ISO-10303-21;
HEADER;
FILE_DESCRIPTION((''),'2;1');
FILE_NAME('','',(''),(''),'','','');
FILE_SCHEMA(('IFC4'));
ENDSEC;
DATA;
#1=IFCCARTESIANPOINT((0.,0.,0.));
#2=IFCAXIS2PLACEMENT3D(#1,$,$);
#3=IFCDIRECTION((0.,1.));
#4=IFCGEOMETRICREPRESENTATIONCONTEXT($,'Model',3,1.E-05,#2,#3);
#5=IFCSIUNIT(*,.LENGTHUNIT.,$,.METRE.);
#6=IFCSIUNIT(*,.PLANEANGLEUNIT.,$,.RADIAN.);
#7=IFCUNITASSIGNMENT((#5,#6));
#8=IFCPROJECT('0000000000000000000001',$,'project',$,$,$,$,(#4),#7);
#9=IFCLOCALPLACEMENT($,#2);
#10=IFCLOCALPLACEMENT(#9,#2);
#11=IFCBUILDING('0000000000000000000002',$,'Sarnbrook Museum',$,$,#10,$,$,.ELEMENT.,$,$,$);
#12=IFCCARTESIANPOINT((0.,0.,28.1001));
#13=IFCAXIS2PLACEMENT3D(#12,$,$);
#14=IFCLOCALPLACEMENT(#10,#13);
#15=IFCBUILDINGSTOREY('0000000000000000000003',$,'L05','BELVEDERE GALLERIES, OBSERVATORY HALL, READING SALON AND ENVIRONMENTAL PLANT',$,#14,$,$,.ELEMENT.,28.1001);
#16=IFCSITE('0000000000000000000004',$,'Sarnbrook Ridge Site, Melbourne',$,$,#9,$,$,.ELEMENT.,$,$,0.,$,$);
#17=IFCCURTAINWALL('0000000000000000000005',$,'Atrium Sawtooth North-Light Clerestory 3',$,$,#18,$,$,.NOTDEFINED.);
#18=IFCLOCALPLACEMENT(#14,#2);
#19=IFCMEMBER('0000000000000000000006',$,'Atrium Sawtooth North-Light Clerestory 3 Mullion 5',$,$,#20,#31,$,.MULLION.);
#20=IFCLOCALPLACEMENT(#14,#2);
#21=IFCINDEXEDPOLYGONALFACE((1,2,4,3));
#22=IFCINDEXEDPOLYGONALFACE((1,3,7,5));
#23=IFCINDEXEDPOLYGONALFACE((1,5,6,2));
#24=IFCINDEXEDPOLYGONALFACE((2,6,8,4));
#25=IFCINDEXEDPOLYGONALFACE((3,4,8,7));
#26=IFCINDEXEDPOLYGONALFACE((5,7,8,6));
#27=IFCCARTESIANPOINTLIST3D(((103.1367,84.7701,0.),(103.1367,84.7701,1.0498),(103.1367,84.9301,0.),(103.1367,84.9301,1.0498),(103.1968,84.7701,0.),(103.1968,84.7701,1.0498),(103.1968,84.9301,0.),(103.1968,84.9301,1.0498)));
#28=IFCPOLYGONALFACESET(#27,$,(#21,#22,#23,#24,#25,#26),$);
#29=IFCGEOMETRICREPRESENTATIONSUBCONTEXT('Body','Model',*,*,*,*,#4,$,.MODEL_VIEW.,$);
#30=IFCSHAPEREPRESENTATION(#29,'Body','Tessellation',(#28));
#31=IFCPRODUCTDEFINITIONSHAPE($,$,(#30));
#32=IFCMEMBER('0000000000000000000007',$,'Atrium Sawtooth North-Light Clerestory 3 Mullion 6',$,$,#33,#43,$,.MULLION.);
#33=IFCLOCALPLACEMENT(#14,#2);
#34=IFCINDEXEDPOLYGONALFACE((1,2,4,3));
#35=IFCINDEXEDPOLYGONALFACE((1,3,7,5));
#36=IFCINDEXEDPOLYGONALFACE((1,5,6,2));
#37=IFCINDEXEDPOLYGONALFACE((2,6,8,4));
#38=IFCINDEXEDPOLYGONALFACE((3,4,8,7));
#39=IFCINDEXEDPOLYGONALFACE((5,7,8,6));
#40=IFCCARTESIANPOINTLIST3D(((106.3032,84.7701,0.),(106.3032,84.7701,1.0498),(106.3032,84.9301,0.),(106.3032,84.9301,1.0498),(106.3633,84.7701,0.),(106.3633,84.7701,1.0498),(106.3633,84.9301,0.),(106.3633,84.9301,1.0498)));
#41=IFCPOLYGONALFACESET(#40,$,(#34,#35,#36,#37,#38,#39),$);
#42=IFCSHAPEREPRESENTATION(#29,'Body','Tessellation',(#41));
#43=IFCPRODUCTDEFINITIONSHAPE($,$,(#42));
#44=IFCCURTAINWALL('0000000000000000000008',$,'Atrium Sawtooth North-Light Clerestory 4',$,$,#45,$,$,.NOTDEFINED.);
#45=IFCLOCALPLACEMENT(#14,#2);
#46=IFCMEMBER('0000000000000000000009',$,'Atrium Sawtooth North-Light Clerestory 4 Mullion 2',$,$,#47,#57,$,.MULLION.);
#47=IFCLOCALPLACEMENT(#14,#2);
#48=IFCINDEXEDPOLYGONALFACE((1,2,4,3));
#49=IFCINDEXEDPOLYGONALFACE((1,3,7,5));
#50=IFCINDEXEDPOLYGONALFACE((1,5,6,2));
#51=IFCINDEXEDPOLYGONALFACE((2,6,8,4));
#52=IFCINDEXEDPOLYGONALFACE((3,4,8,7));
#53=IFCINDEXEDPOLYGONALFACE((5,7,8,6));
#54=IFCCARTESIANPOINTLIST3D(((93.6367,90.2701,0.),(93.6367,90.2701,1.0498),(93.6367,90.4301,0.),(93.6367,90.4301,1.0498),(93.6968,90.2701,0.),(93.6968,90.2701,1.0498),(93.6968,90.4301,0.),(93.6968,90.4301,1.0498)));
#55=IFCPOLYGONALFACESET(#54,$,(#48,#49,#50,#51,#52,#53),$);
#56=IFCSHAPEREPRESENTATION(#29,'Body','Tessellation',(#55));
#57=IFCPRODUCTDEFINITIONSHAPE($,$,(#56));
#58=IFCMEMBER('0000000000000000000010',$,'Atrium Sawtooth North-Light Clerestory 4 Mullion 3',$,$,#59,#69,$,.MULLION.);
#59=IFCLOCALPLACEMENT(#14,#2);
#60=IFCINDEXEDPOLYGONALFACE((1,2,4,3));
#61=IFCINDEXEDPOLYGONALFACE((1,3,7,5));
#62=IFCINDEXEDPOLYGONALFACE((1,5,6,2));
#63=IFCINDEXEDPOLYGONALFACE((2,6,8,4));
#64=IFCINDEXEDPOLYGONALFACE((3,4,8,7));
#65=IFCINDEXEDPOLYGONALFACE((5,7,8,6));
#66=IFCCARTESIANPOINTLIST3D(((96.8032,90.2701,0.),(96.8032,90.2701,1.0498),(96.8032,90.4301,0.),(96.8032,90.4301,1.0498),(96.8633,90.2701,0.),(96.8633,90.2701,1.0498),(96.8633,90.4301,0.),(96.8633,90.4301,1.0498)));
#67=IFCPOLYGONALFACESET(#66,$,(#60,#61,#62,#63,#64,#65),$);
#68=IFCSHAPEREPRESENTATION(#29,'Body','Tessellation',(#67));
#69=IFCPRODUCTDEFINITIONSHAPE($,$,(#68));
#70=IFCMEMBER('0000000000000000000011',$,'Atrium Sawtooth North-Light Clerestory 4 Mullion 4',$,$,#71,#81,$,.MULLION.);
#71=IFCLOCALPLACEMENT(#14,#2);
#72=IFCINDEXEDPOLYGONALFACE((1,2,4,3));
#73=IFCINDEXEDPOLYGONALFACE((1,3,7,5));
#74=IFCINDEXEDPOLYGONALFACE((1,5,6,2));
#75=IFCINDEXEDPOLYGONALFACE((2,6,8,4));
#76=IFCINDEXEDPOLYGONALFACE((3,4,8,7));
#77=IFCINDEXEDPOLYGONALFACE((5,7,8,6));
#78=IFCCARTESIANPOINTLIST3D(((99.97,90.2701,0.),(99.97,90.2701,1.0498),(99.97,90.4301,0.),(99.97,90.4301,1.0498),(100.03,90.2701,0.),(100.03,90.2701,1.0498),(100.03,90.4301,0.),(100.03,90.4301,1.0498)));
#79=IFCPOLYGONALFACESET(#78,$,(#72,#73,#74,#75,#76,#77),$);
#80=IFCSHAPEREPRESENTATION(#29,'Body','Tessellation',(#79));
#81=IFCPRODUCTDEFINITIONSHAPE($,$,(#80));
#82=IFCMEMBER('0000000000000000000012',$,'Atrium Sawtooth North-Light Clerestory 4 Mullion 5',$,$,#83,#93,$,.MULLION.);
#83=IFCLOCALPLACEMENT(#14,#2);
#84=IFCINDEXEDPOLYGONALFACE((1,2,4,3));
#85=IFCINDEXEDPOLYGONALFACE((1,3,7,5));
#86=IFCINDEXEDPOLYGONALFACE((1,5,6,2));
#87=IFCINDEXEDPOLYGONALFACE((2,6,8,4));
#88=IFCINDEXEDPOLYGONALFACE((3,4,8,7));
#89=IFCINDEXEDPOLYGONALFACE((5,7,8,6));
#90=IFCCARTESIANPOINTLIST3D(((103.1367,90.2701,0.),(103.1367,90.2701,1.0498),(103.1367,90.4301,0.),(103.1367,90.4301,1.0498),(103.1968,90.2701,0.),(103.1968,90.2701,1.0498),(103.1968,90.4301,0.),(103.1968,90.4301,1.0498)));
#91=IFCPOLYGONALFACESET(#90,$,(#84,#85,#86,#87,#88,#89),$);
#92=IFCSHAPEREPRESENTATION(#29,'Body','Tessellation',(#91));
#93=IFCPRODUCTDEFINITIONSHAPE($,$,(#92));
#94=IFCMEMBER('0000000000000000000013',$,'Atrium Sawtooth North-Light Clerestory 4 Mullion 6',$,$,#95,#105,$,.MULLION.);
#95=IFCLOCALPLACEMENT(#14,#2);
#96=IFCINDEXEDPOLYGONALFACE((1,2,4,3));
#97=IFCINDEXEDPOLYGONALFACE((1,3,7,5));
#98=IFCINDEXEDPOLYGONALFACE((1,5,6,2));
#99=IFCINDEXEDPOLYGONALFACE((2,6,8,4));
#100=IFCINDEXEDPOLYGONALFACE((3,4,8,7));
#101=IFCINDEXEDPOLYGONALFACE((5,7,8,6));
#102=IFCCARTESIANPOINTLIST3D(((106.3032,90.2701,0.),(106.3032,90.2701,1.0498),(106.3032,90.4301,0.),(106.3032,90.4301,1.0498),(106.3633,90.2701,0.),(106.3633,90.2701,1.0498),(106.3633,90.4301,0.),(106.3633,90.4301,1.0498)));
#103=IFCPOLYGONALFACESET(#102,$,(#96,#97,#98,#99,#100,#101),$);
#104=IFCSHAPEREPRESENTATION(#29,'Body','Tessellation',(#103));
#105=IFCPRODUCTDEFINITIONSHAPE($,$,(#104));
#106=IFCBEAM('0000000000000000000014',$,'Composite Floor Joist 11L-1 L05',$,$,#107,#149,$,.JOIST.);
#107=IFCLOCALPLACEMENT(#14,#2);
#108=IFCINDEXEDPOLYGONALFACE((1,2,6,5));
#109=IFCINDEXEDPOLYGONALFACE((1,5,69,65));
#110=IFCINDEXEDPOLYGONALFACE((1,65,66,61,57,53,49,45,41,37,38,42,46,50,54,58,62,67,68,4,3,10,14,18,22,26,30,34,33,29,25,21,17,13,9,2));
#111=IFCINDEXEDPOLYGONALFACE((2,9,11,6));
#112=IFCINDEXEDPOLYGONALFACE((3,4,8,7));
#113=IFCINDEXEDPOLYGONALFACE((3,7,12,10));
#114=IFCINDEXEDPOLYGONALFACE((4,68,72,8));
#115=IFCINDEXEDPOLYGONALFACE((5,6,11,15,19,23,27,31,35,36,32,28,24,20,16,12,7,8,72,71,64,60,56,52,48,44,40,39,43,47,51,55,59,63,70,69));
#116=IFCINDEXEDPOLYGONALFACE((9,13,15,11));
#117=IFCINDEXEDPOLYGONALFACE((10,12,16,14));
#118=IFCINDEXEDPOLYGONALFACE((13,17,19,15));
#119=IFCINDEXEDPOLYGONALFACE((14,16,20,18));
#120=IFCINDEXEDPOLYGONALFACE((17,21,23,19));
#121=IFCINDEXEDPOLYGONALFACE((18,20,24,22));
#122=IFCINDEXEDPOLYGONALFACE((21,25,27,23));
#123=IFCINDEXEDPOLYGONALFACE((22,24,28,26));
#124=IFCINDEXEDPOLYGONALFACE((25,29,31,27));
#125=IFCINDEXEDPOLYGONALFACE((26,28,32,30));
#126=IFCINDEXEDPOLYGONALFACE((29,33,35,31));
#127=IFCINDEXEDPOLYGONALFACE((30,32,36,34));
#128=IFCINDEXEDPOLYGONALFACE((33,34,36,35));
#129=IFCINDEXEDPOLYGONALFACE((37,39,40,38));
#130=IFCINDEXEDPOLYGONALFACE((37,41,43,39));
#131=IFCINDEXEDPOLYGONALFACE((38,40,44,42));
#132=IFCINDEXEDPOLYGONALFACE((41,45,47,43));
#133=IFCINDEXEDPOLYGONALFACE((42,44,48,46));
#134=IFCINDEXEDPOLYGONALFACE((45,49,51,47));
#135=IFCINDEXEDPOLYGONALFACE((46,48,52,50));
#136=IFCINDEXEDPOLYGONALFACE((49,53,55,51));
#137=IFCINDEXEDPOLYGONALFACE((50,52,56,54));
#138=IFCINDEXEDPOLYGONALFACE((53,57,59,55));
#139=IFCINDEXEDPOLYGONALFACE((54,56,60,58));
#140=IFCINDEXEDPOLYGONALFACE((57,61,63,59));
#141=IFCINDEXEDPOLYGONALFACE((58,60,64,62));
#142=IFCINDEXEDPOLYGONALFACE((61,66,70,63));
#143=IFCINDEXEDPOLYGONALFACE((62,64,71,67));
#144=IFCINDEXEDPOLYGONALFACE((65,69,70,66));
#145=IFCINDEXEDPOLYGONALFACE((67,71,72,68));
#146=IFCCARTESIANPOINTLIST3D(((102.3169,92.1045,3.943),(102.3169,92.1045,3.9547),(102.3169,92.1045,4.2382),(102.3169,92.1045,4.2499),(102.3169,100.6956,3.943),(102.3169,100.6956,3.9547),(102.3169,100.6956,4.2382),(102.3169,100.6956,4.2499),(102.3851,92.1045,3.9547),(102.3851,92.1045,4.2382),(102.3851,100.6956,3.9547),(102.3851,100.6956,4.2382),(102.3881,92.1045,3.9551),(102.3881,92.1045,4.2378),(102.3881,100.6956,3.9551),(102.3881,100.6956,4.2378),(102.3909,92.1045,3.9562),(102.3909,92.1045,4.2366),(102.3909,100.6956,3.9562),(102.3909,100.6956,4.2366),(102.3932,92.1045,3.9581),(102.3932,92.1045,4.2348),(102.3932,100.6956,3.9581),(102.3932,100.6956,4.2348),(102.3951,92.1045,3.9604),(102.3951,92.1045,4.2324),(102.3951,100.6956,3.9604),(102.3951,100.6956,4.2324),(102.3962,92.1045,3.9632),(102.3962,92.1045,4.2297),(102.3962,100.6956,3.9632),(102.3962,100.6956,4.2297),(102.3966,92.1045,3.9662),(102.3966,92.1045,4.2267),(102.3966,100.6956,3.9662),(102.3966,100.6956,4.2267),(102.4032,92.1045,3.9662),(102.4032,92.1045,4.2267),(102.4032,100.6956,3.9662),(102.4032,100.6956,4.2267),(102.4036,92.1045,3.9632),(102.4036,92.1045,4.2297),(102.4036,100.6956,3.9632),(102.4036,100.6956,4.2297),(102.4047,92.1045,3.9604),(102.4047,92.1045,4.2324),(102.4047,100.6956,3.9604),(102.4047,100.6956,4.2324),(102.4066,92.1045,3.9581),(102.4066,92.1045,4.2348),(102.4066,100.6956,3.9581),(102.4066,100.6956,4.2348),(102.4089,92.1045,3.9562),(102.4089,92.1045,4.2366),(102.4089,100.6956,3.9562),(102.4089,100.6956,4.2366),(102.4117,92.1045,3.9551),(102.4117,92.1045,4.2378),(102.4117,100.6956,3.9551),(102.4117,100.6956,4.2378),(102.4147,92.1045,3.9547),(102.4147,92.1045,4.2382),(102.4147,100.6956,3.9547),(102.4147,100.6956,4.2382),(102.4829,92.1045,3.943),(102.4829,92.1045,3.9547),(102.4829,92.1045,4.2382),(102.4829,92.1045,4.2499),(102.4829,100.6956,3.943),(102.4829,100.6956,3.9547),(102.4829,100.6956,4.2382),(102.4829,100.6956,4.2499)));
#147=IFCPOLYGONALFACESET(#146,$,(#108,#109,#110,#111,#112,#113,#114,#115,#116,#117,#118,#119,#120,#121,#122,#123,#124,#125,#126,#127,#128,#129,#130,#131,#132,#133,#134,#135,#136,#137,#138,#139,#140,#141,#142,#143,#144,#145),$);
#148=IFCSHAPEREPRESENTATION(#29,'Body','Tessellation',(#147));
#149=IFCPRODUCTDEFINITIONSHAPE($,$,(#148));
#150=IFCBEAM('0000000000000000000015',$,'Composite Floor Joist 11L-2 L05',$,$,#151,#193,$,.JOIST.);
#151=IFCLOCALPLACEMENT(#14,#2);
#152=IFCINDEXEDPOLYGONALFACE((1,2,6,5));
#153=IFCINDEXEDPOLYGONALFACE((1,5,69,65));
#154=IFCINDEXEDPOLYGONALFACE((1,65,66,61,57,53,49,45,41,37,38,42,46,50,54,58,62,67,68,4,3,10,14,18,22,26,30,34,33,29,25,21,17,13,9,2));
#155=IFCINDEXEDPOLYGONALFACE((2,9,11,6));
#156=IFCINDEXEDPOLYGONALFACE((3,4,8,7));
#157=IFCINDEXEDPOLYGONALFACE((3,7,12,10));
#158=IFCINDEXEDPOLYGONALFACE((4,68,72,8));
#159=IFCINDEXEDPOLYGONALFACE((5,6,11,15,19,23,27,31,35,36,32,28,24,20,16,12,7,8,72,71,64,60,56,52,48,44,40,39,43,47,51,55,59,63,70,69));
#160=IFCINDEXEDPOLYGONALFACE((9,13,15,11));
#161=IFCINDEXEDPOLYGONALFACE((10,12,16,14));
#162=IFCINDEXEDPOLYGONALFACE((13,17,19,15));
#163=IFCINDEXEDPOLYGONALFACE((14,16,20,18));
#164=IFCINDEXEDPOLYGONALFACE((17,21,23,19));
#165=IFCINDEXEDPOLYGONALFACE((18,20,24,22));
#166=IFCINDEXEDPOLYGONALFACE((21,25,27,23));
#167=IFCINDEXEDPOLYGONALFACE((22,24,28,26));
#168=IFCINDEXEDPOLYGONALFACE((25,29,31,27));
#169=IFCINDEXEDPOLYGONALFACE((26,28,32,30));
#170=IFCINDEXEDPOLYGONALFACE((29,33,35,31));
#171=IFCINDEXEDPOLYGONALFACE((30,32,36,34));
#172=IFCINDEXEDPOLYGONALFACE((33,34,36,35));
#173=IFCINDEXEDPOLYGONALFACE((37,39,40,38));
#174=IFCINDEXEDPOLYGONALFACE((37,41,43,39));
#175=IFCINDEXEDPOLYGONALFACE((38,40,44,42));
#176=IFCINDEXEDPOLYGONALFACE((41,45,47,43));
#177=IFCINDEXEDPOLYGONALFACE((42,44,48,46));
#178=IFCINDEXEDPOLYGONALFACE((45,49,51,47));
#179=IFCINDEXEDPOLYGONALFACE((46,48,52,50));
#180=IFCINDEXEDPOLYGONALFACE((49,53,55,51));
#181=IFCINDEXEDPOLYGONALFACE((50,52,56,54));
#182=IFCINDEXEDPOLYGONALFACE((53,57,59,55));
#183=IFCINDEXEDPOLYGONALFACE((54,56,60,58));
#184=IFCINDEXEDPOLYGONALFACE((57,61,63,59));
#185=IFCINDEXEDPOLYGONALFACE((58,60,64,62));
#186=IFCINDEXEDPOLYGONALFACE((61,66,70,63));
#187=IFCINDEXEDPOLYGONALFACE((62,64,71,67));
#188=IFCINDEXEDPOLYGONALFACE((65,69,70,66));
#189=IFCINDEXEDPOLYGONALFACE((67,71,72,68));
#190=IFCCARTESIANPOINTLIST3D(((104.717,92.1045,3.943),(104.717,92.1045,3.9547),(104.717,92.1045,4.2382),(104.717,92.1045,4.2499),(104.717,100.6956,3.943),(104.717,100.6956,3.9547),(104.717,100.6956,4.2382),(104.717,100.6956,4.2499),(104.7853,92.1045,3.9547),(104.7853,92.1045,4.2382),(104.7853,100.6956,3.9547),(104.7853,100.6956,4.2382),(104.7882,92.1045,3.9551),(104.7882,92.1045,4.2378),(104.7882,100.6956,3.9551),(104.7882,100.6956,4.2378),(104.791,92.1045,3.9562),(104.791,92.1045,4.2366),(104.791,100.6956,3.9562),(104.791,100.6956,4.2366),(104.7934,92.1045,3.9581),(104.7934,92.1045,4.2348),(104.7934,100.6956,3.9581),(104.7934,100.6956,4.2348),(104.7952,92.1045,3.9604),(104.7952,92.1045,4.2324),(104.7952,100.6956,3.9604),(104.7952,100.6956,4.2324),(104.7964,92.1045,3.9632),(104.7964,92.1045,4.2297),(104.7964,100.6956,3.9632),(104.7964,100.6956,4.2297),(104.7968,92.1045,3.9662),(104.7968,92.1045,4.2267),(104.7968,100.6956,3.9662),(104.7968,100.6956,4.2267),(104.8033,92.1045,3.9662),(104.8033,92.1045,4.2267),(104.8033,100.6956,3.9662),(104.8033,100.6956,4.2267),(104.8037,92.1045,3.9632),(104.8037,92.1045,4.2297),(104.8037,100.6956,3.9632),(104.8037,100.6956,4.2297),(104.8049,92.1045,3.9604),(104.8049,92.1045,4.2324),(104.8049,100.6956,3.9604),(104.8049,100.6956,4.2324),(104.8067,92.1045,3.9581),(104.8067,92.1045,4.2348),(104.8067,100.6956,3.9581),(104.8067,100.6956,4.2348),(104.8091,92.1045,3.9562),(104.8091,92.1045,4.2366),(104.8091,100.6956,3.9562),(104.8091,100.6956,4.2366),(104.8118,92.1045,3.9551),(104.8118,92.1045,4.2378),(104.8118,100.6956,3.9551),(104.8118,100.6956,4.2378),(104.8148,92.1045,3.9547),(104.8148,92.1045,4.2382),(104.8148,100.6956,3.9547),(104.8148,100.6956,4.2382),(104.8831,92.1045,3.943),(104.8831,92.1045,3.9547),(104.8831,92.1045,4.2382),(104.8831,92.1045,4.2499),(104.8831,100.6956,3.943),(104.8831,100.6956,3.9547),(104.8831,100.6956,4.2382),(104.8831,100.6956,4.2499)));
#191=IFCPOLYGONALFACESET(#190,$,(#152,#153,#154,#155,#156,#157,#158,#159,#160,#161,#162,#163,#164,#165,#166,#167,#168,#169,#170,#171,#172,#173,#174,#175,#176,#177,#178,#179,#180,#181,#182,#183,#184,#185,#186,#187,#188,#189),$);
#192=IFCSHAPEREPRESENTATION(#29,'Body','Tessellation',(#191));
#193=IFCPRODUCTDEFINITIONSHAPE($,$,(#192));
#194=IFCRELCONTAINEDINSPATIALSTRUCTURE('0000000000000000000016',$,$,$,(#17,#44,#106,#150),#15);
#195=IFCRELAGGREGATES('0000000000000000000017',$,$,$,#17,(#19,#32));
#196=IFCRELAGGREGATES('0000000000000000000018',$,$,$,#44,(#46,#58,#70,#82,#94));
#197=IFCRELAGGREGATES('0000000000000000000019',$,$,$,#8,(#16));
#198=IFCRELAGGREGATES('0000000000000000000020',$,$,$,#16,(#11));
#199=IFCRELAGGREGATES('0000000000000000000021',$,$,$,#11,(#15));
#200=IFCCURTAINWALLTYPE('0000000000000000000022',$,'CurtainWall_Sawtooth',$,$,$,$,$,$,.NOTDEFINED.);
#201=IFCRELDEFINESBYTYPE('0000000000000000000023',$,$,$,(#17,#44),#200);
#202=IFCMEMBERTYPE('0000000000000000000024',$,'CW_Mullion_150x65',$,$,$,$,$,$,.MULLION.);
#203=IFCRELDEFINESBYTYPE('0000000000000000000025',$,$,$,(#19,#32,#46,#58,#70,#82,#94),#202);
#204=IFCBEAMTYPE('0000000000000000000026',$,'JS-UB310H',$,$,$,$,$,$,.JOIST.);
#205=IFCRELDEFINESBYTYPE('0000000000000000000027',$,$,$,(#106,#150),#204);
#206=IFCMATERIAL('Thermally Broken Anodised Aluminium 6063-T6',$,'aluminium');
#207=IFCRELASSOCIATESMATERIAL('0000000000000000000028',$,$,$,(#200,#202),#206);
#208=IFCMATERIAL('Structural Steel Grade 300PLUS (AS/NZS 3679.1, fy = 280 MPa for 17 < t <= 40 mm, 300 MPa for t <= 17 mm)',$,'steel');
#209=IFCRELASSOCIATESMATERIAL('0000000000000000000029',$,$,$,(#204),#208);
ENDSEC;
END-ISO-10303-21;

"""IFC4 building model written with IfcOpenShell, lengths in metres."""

from ifc_helpers import new_model, si_unit, direction, frame, origin, origin_2d, place, context, subcontext, project, spatial, rectangle, i_section, extrude, material, material_profile, profile_set, type_object, element, aggregate, save


model = new_model("IFC4")

# Units and contexts
model_context = context("Model", 3, precision=1e-05, world=origin(), true_north=direction((0.0, 1.0)))
body_context = subcontext(model_context, "Body", "Model", "MODEL_VIEW")
ifc_project = project(units=[si_unit("LENGTHUNIT", "METRE"), si_unit("PLANEANGLEUNIT", "RADIAN")], contexts=[model_context])

# Site, building, storey
site_placement = place(None, origin())
site = spatial("IfcSite", under=ifc_project, at=site_placement, Name="Sarnbrook Ridge Site, Melbourne", CompositionType="ELEMENT", RefElevation=0.0)
building_placement = place(site_placement, origin())
building = spatial("IfcBuilding", under=site, at=building_placement, Name="Sarnbrook Museum", CompositionType="ELEMENT")
storey_placement = place(building_placement, frame((0.0, 0.0, 28.1001)))
storey = spatial("IfcBuildingStorey", under=building, at=storey_placement, Name="L05", Description="BELVEDERE GALLERIES, OBSERVATORY HALL, READING SALON AND ENVIRONMENTAL PLANT", CompositionType="ELEMENT", Elevation=28.1001)

# Shared definitions
ifc_material_1 = material(Name="Structural Steel Grade 300PLUS (AS/NZS 3679.1, fy = 280 MPa for 17 < t <= 40 mm, 300 MPa for t <= 17 mm)", Category="steel")

# Curtain walls, members
ifc_material_2 = material(Name="Thermally Broken Anodised Aluminium 6063-T6", Category="aluminium")
curtain_wall_type = type_object("IfcCurtainWallType", Name="CurtainWall_Sawtooth", PredefinedType="NOTDEFINED", material=ifc_material_2)
curtain_wall_1_placement = place(storey_placement, origin())
curtain_wall_1 = element("IfcCurtainWall", 1, at=curtain_wall_1_placement, inside=storey, type_object=curtain_wall_type, Name="Atrium Sawtooth North-Light Clerestory 3", PredefinedType="NOTDEFINED")
ifc_material_profile_1 = material_profile(ifc_material_2, rectangle(XDim=0.0601, YDim=0.1599, at=origin_2d()), Name="ALU MULLION 60x160")
ifc_profile_set_1 = profile_set([ifc_material_profile_1], Name="Thermally Broken Anodised Aluminium 6063-T6")
member_type = type_object("IfcMemberType", Name="CW_Mullion_150x65", PredefinedType="MULLION", material=ifc_profile_set_1)
member_1_placement = place(storey_placement, frame((103.1667, 84.8501, 0.0), z_axis=(0.0, 0.0, 1.0), x_axis=(1.0, 0.0, 0.0)))
member_1 = element("IfcMember", 2, at=member_1_placement, type_object=member_type, Name="Atrium Sawtooth North-Light Clerestory 3 Mullion 5", PredefinedType="MULLION", context=body_context, shape_type="SweptSolid", body=[
    extrude(rectangle(XDim=0.0601, YDim=0.1599, at=origin_2d()), origin(), (0.0, 0.0, 1.0), 1.0498),
])
member_2_placement = place(storey_placement, frame((106.3333, 84.8501, 0.0), z_axis=(0.0, 0.0, 1.0), x_axis=(1.0, 0.0, 0.0)))
member_2 = element("IfcMember", 3, at=member_2_placement, type_object=member_type, Name="Atrium Sawtooth North-Light Clerestory 3 Mullion 6", PredefinedType="MULLION", context=body_context, shape_type="SweptSolid", body=[
    extrude(rectangle(XDim=0.0601, YDim=0.1599, at=origin_2d()), origin(), (0.0, 0.0, 1.0), 1.0498),
])
curtain_wall_2_placement = place(storey_placement, origin())
curtain_wall_2 = element("IfcCurtainWall", 4, at=curtain_wall_2_placement, inside=storey, type_object=curtain_wall_type, Name="Atrium Sawtooth North-Light Clerestory 4", PredefinedType="NOTDEFINED")
member_3_placement = place(storey_placement, frame((93.6667, 90.3501, 0.0), z_axis=(0.0, 0.0, 1.0), x_axis=(1.0, 0.0, 0.0)))
member_3 = element("IfcMember", 5, at=member_3_placement, type_object=member_type, Name="Atrium Sawtooth North-Light Clerestory 4 Mullion 2", PredefinedType="MULLION", context=body_context, shape_type="SweptSolid", body=[
    extrude(rectangle(XDim=0.0601, YDim=0.1599, at=origin_2d()), origin(), (0.0, 0.0, 1.0), 1.0498),
])
member_4_placement = place(storey_placement, frame((96.8333, 90.3501, 0.0), z_axis=(0.0, 0.0, 1.0), x_axis=(1.0, 0.0, 0.0)))
member_4 = element("IfcMember", 6, at=member_4_placement, type_object=member_type, Name="Atrium Sawtooth North-Light Clerestory 4 Mullion 3", PredefinedType="MULLION", context=body_context, shape_type="SweptSolid", body=[
    extrude(rectangle(XDim=0.0601, YDim=0.1599, at=origin_2d()), origin(), (0.0, 0.0, 1.0), 1.0498),
])
member_5_placement = place(storey_placement, frame((100.0, 90.3501, 0.0), z_axis=(0.0, 0.0, 1.0), x_axis=(1.0, 0.0, 0.0)))
member_5 = element("IfcMember", 7, at=member_5_placement, type_object=member_type, Name="Atrium Sawtooth North-Light Clerestory 4 Mullion 4", PredefinedType="MULLION", context=body_context, shape_type="SweptSolid", body=[
    extrude(rectangle(XDim=0.0601, YDim=0.1599, at=origin_2d()), origin(), (0.0, 0.0, 1.0), 1.0498),
])
member_6_placement = place(storey_placement, frame((103.1667, 90.3501, 0.0), z_axis=(0.0, 0.0, 1.0), x_axis=(1.0, 0.0, 0.0)))
member_6 = element("IfcMember", 8, at=member_6_placement, type_object=member_type, Name="Atrium Sawtooth North-Light Clerestory 4 Mullion 5", PredefinedType="MULLION", context=body_context, shape_type="SweptSolid", body=[
    extrude(rectangle(XDim=0.0601, YDim=0.1599, at=origin_2d()), origin(), (0.0, 0.0, 1.0), 1.0498),
])
member_7_placement = place(storey_placement, frame((106.3333, 90.3501, 0.0), z_axis=(0.0, 0.0, 1.0), x_axis=(1.0, 0.0, 0.0)))
member_7 = element("IfcMember", 9, at=member_7_placement, type_object=member_type, Name="Atrium Sawtooth North-Light Clerestory 4 Mullion 6", PredefinedType="MULLION", context=body_context, shape_type="SweptSolid", body=[
    extrude(rectangle(XDim=0.0601, YDim=0.1599, at=origin_2d()), origin(), (0.0, 0.0, 1.0), 1.0498),
])

# Beams
ifc_material_profile_2 = material_profile(ifc_material_1, i_section(OverallWidth=0.166, OverallDepth=0.3069, WebThickness=0.0066, FlangeThickness=0.0117, FilletRadius=0.0115, at=origin_2d()), Name="310UB46.2")
ifc_profile_set_2 = profile_set([ifc_material_profile_2], Name="Structural Steel Grade 300PLUS (AS/NZS 3679.1, fy = 280 MPa for 17 < t <= 40 mm, 300 MPa for t <= 17 mm)")
beam_type_1 = type_object("IfcBeamType", Name="JS-UB310H", PredefinedType="JOIST", material=ifc_profile_set_2)
for number, where, z_axis, x_axis, name in (
    (10, (102.3999, 92.1045, 4.0964), (0.0, 1.0, 0.0), (-1.0, 0.0, 0.0), "Composite Floor Joist 11L-1 L05"),
    (11, (104.8, 92.1045, 4.0964), (0.0, 1.0, 0.0), (-1.0, 0.0, 0.0), "Composite Floor Joist 11L-2 L05"),
):
    element("IfcBeam", number, at=place(storey_placement, frame(where, z_axis=z_axis, x_axis=x_axis)), inside=storey, type_object=beam_type_1, Name=name, PredefinedType="JOIST", context=body_context, shape_type="SweptSolid", body=[
        extrude(i_section(OverallWidth=0.166, OverallDepth=0.3069, WebThickness=0.0066, FlangeThickness=0.0117, FilletRadius=0.0115, at=origin_2d()), origin(), (0.0, 0.0, 1.0), 8.5911),
    ])

aggregate(curtain_wall_1, [member_1, member_2])
aggregate(curtain_wall_2, [member_3, member_4, member_5, member_6, member_7])

save(model, "model.ifc")
